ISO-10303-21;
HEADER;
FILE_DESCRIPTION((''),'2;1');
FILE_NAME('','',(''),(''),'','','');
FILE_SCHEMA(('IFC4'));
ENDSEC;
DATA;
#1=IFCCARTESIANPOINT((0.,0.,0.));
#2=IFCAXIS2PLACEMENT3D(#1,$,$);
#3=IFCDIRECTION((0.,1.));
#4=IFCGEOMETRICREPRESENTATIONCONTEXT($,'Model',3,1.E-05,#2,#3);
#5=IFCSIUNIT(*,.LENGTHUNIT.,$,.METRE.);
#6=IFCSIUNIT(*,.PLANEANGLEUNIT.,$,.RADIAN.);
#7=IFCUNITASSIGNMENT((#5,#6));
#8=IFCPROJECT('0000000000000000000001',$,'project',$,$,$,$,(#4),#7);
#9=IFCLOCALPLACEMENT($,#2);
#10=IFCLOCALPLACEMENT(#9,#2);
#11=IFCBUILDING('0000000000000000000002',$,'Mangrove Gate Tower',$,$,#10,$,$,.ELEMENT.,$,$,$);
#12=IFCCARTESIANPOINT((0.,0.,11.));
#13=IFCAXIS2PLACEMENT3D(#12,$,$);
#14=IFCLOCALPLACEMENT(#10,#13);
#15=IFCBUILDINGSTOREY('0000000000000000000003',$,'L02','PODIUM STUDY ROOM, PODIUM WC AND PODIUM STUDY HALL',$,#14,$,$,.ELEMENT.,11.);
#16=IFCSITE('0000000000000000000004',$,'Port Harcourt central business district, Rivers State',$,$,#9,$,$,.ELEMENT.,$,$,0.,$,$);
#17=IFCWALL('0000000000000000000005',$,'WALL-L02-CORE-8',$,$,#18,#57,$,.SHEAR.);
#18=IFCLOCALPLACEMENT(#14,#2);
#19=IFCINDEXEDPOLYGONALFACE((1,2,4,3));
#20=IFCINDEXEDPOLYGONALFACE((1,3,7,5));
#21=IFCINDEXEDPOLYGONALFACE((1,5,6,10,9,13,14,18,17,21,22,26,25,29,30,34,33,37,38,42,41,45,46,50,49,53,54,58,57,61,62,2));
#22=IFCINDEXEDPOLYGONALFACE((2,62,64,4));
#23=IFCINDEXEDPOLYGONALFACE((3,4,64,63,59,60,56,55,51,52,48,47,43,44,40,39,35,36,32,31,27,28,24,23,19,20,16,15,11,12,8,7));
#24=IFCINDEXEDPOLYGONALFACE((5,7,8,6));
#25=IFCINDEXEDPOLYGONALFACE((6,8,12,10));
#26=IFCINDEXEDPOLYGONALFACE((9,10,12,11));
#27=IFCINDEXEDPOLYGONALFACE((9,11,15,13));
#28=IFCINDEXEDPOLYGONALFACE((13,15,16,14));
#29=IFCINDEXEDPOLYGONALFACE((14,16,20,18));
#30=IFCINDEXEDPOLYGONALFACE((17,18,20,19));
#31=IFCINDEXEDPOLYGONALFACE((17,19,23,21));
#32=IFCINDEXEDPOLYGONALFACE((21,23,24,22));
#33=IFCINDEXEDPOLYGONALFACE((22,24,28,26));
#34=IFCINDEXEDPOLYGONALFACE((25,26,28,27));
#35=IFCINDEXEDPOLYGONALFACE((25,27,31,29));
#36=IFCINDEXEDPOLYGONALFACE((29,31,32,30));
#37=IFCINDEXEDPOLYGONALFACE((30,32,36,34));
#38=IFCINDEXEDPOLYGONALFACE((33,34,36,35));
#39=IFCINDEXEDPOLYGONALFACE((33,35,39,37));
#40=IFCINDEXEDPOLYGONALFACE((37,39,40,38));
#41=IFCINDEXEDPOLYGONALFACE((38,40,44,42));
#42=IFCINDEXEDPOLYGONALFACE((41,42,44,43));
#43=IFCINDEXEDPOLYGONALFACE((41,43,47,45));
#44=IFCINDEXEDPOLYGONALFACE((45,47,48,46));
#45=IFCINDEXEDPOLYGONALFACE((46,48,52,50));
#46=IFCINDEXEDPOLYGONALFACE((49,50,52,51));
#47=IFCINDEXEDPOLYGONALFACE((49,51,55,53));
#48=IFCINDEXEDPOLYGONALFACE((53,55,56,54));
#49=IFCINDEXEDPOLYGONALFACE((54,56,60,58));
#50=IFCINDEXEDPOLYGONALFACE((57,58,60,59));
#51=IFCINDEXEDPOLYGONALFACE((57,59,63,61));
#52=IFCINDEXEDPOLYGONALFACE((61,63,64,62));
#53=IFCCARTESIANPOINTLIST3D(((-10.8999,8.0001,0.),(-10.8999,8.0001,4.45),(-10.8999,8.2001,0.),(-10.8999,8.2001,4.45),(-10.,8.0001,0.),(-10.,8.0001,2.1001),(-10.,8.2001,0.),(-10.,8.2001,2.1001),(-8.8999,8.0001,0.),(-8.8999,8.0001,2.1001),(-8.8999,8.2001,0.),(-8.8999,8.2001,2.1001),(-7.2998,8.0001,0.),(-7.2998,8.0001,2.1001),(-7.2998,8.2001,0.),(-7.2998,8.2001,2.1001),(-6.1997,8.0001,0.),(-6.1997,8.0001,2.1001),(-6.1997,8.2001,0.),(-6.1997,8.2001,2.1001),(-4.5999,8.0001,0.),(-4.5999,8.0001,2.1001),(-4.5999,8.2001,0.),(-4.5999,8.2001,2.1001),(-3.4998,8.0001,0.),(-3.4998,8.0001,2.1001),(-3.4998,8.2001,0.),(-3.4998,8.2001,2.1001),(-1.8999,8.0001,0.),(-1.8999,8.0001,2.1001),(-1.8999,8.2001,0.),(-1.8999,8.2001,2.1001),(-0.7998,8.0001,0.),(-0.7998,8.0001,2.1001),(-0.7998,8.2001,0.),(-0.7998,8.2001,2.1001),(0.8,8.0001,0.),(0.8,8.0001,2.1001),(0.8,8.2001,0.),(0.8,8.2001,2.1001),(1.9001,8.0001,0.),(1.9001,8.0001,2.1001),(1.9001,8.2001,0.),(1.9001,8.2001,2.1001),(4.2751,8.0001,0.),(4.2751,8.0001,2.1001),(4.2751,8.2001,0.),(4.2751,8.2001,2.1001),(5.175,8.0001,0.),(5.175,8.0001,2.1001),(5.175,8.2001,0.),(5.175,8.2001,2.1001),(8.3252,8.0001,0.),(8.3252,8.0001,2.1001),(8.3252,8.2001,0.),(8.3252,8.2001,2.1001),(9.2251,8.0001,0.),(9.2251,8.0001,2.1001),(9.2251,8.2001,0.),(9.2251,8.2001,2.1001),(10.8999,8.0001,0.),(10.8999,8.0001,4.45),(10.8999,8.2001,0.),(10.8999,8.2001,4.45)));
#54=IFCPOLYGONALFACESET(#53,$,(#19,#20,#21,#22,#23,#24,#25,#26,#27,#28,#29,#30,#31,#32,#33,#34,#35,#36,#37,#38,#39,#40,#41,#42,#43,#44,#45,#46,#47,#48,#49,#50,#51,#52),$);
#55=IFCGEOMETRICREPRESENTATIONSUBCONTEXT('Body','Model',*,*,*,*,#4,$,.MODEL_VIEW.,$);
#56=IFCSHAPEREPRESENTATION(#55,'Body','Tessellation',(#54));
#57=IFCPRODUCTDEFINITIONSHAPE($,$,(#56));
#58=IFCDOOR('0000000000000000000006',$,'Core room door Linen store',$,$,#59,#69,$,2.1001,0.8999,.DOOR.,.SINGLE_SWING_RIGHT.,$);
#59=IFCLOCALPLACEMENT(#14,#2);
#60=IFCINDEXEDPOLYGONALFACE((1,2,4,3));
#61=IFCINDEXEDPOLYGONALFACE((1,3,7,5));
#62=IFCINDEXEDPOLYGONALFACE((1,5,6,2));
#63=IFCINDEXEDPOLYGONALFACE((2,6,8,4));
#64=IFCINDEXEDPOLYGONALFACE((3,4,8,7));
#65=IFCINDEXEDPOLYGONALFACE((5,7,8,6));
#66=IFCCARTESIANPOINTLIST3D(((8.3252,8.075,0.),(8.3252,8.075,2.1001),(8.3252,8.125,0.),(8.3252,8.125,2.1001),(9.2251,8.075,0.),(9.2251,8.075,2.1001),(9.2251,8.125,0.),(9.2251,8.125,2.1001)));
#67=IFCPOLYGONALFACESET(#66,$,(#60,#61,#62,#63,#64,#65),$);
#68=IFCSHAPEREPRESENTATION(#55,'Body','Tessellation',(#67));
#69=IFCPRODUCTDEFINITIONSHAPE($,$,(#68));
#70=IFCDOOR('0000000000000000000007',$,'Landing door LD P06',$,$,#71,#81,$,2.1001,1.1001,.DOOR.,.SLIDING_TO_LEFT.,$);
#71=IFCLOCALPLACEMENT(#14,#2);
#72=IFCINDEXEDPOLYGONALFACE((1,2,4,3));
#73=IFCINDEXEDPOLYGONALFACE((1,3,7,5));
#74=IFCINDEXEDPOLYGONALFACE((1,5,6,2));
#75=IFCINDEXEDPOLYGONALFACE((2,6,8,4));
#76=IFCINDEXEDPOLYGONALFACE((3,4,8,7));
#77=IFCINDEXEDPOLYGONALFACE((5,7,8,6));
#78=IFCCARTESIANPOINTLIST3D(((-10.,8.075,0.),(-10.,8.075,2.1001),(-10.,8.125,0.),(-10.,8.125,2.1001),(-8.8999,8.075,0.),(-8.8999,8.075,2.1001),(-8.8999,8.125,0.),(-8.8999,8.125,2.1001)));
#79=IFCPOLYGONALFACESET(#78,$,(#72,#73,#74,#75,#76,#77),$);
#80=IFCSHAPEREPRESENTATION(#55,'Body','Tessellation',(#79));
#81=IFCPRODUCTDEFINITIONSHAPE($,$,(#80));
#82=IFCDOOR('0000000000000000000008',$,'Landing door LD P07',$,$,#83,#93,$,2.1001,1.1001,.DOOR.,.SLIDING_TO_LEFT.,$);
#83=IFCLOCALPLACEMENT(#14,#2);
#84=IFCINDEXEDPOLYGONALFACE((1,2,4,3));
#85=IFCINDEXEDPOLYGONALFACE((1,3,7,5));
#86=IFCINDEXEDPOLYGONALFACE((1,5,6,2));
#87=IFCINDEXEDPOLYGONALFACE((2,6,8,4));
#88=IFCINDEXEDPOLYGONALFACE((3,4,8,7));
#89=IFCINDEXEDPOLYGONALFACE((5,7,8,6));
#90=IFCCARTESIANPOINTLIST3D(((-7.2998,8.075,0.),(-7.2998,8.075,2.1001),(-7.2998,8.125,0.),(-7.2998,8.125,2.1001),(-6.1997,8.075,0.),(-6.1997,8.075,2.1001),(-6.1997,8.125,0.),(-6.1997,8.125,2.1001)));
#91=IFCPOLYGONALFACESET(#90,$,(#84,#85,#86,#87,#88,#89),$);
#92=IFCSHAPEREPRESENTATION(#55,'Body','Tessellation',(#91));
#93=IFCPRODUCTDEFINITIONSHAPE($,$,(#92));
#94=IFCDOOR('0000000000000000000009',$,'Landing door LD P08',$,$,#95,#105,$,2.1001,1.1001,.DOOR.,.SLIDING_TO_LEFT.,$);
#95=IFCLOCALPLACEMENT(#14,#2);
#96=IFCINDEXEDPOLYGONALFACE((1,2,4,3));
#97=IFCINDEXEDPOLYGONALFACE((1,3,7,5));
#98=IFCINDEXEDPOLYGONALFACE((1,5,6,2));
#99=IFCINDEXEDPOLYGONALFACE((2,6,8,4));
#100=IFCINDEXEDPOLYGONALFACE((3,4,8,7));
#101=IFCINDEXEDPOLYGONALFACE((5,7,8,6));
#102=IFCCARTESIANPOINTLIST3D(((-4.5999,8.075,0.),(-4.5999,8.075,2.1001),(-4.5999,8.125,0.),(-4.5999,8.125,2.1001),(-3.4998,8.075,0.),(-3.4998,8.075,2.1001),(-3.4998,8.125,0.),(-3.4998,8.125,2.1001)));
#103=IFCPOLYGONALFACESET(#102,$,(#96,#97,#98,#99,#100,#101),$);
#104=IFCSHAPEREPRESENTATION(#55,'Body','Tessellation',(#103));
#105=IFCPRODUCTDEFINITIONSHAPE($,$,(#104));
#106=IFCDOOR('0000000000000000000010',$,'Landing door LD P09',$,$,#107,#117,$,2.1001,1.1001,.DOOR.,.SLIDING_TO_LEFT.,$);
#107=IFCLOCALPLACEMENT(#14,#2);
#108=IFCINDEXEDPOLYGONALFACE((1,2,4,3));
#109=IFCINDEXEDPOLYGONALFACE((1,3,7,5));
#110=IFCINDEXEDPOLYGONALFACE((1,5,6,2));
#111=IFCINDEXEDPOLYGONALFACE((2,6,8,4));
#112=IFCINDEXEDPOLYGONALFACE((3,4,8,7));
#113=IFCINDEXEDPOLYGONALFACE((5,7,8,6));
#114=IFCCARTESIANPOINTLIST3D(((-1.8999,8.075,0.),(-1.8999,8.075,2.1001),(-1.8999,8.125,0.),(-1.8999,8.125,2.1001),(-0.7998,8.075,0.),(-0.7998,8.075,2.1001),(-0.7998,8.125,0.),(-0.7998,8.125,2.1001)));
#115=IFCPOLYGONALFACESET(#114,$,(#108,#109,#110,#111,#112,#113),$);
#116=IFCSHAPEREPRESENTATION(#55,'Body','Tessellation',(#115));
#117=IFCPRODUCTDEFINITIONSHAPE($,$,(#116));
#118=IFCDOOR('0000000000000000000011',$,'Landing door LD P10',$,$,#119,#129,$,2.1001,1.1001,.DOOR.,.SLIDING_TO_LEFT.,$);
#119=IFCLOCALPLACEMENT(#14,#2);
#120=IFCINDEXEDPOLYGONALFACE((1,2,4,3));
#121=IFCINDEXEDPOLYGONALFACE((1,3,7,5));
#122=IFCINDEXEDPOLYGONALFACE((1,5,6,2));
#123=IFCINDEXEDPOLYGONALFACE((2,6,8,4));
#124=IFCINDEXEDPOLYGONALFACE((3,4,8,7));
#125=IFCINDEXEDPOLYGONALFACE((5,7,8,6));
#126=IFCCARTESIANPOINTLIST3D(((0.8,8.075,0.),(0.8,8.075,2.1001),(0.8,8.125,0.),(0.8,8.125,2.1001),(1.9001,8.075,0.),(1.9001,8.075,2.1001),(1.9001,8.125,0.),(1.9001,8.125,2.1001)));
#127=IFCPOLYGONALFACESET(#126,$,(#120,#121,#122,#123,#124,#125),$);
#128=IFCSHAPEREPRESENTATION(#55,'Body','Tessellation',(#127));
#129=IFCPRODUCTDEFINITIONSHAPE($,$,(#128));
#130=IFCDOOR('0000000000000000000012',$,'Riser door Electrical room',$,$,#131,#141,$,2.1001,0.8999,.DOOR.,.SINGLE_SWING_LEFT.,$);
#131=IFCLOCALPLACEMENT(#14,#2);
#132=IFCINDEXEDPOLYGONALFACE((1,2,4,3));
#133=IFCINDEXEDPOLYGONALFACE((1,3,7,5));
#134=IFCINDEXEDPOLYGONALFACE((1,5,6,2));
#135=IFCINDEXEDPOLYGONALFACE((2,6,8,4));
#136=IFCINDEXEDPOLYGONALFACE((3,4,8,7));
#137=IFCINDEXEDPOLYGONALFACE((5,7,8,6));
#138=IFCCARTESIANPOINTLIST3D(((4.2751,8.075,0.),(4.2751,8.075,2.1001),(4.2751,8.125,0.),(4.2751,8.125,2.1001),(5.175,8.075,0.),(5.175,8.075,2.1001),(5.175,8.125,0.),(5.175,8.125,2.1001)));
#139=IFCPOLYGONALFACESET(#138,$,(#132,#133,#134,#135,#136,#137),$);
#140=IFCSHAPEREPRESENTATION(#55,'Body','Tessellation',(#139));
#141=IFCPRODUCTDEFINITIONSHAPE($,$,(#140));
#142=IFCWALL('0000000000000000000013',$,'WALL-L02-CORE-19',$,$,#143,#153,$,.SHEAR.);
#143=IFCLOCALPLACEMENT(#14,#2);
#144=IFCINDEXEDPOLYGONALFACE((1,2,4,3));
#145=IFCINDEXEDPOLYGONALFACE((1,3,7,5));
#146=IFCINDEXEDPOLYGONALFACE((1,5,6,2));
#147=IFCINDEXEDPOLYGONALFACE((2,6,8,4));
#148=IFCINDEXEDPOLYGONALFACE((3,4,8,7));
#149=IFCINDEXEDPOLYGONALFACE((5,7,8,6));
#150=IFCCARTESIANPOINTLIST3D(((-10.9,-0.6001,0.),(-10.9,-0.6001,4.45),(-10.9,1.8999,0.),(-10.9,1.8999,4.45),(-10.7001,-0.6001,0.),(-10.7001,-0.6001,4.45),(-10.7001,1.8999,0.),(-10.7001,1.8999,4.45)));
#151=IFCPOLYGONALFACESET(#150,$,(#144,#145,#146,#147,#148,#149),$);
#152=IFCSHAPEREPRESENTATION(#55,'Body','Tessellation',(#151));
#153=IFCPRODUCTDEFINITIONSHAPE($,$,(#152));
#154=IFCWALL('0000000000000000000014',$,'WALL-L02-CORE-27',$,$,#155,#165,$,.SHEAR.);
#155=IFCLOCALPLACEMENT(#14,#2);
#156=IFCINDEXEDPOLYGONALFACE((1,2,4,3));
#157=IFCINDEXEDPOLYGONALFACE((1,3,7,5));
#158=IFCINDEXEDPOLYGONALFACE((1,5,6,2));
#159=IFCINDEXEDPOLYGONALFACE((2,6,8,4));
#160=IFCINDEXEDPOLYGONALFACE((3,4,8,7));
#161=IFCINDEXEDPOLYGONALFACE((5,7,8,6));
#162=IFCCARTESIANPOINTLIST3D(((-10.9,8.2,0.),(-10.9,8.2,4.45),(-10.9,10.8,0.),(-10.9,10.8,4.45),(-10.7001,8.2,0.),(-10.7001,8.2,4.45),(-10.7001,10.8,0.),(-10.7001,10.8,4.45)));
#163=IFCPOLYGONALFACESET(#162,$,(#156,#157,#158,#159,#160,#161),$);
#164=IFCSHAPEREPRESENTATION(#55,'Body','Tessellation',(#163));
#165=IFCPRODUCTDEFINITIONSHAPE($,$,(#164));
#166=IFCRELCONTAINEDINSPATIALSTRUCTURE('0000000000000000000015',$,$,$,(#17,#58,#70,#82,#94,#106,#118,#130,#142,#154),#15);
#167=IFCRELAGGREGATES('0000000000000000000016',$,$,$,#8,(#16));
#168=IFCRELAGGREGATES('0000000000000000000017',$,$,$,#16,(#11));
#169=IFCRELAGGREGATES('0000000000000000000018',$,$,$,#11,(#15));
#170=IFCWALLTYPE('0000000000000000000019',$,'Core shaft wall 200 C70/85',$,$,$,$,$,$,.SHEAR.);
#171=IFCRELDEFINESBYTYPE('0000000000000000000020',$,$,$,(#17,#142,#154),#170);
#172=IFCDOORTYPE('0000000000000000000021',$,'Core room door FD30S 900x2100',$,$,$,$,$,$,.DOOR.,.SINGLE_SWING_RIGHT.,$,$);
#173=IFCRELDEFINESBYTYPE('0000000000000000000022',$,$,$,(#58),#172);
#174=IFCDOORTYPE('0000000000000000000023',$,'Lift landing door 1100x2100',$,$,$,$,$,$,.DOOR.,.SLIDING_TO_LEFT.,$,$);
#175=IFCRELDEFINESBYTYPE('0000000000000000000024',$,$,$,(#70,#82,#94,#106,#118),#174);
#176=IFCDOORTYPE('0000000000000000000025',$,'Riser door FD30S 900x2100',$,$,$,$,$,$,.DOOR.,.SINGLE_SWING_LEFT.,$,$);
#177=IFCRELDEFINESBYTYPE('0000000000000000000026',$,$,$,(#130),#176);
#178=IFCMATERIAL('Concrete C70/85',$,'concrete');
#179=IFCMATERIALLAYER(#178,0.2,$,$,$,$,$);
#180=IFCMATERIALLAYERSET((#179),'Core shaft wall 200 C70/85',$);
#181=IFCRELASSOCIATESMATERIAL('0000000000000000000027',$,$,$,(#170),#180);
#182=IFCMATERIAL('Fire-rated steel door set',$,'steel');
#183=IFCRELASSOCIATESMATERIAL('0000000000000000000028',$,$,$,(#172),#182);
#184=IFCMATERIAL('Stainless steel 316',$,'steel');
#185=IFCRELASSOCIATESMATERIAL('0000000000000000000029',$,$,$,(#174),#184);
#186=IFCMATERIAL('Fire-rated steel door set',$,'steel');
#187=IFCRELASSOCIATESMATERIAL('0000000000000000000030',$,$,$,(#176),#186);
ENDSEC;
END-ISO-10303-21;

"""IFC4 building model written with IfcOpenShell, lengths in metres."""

from ifc_helpers import new_model, si_unit, direction, frame, frame_2d, origin, place, context, subcontext, project, spatial, rectangle, extrude, material, layer, layer_set, type_object, element, fill, save


model = new_model("IFC4")

# Units and contexts
model_context = context("Model", 3, precision=1e-05, world=origin(), true_north=direction((0.0, 1.0)))
body_context = subcontext(model_context, "Body", "Model", "MODEL_VIEW")
ifc_project = project(units=[si_unit("LENGTHUNIT", "METRE"), si_unit("PLANEANGLEUNIT", "RADIAN")], contexts=[model_context])

# Site, building, storey
site_placement = place(None, origin())
site = spatial("IfcSite", under=ifc_project, at=site_placement, Name="Port Harcourt central business district, Rivers State", CompositionType="ELEMENT", RefElevation=0.0)
building_placement = place(site_placement, origin())
building = spatial("IfcBuilding", under=site, at=building_placement, Name="Mangrove Gate Tower", CompositionType="ELEMENT")
storey_placement = place(building_placement, frame((0.0, 0.0, 11.0)))
storey = spatial("IfcBuildingStorey", under=building, at=storey_placement, Name="L02", Description="PODIUM STUDY ROOM, PODIUM WC AND PODIUM STUDY HALL", CompositionType="ELEMENT", Elevation=11.0)

# Wall, openings, doors
ifc_material_1 = material(Name="Concrete C70/85", Category="concrete")
ifc_layer = layer(ifc_material_1, 0.2)
ifc_layer_set = layer_set([ifc_layer], Name="Core shaft wall 200 C70/85")
wall_type = type_object("IfcWallType", Name="Core shaft wall 200 C70/85", PredefinedType="SHEAR", material=ifc_layer_set)
ifc_material_2 = material(Name="Fire-rated steel door set", Category="steel")
door_type_1 = type_object("IfcDoorType", Name="Core room door FD30S 900x2100", OperationType="SINGLE_SWING_RIGHT", PredefinedType="DOOR", material=ifc_material_2)
ifc_material_3 = material(Name="Stainless steel 316", Category="steel")
door_type_2 = type_object("IfcDoorType", Name="Lift landing door 1100x2100", OperationType="SLIDING_TO_LEFT", PredefinedType="DOOR", material=ifc_material_3)
wall_1_placement = place(storey_placement, frame((-10.8999, 8.1001, 0.0), z_axis=(0.0, 0.0, 1.0), x_axis=(1.0, 0.0, 0.0)))
wall_1 = element("IfcWall", 1, at=wall_1_placement, inside=storey, type_object=wall_type, Name="WALL-L02-CORE-8", PredefinedType="SHEAR", context=body_context, shape_type="SweptSolid", body=[
    extrude(rectangle(XDim=21.7998, YDim=0.2, at=frame_2d((10.8999, 0.0))), origin(), (0.0, 0.0, 1.0), 4.45),
])
opening_1_placement = place(wall_1_placement, frame((0.8999, 0.0, 0.0)))
opening_1 = element("IfcOpeningElement", 2, at=opening_1_placement, cuts=wall_1, PredefinedType="OPENING", context=body_context, shape_type="SweptSolid", body=[
    extrude(rectangle(XDim=1.1001, YDim=2.1001, at=frame_2d((0.55, 1.05))), frame((0.0, 0.1099, 0.0), z_axis=(0.0, -1.0, 0.0), x_axis=(1.0, 0.0, 0.0)), (0.0, 0.0, 1.0), 0.22),
])
opening_2_placement = place(wall_1_placement, frame((3.6001, 0.0, 0.0)))
opening_2 = element("IfcOpeningElement", 3, at=opening_2_placement, cuts=wall_1, PredefinedType="OPENING", context=body_context, shape_type="SweptSolid", body=[
    extrude(rectangle(XDim=1.1001, YDim=2.1001, at=frame_2d((0.55, 1.05))), frame((0.0, 0.1099, 0.0), z_axis=(0.0, -1.0, 0.0), x_axis=(1.0, 0.0, 0.0)), (0.0, 0.0, 1.0), 0.22),
])
opening_3_placement = place(wall_1_placement, frame((6.3, 0.0, 0.0)))
opening_3 = element("IfcOpeningElement", 4, at=opening_3_placement, cuts=wall_1, PredefinedType="OPENING", context=body_context, shape_type="SweptSolid", body=[
    extrude(rectangle(XDim=1.1001, YDim=2.1001, at=frame_2d((0.55, 1.05))), frame((0.0, 0.1099, 0.0), z_axis=(0.0, -1.0, 0.0), x_axis=(1.0, 0.0, 0.0)), (0.0, 0.0, 1.0), 0.22),
])
opening_4_placement = place(wall_1_placement, frame((9.0, 0.0, 0.0)))
opening_4 = element("IfcOpeningElement", 5, at=opening_4_placement, cuts=wall_1, PredefinedType="OPENING", context=body_context, shape_type="SweptSolid", body=[
    extrude(rectangle(XDim=1.1001, YDim=2.1001, at=frame_2d((0.55, 1.05))), frame((0.0, 0.1099, 0.0), z_axis=(0.0, -1.0, 0.0), x_axis=(1.0, 0.0, 0.0)), (0.0, 0.0, 1.0), 0.22),
])
opening_5_placement = place(wall_1_placement, frame((11.7, 0.0, 0.0)))
opening_5 = element("IfcOpeningElement", 6, at=opening_5_placement, cuts=wall_1, PredefinedType="OPENING", context=body_context, shape_type="SweptSolid", body=[
    extrude(rectangle(XDim=1.1001, YDim=2.1001, at=frame_2d((0.55, 1.05))), frame((0.0, 0.1099, 0.0), z_axis=(0.0, -1.0, 0.0), x_axis=(1.0, 0.0, 0.0)), (0.0, 0.0, 1.0), 0.22),
])
opening_6_placement = place(wall_1_placement, frame((15.175, 0.0, 0.0)))
opening_6 = element("IfcOpeningElement", 7, at=opening_6_placement, cuts=wall_1, PredefinedType="OPENING", context=body_context, shape_type="SweptSolid", body=[
    extrude(rectangle(XDim=0.8999, YDim=2.1001, at=frame_2d((0.45, 1.05))), frame((0.0, 0.1099, 0.0), z_axis=(0.0, -1.0, 0.0), x_axis=(1.0, 0.0, 0.0)), (0.0, 0.0, 1.0), 0.22),
])
opening_7_placement = place(wall_1_placement, frame((19.2251, 0.0, 0.0)))
opening_7 = element("IfcOpeningElement", 8, at=opening_7_placement, cuts=wall_1, PredefinedType="OPENING", context=body_context, shape_type="SweptSolid", body=[
    extrude(rectangle(XDim=0.8999, YDim=2.1001, at=frame_2d((0.45, 1.05))), frame((0.0, 0.1099, 0.0), z_axis=(0.0, -1.0, 0.0), x_axis=(1.0, 0.0, 0.0)), (0.0, 0.0, 1.0), 0.22),
])
door_1_placement = place(opening_7_placement, origin())
door_1 = element("IfcDoor", 9, at=door_1_placement, inside=storey, type_object=door_type_1, Name="Core room door Linen store", OperationType="SINGLE_SWING_RIGHT", OverallHeight=2.1001, OverallWidth=0.8999, PredefinedType="DOOR", context=body_context, shape_type="SweptSolid", body=[
    extrude(rectangle(XDim=0.8999, YDim=2.1001, at=frame_2d((0.45, 1.05))), frame((0.0, 0.0249, 0.0), z_axis=(0.0, -1.0, 0.0), x_axis=(1.0, 0.0, 0.0)), (0.0, 0.0, 1.0), 0.05),
])
fill(opening_7, door_1)
door_2_placement = place(opening_1_placement, origin())
door_2 = element("IfcDoor", 10, at=door_2_placement, inside=storey, type_object=door_type_2, Name="Landing door LD P06", OperationType="SLIDING_TO_LEFT", OverallHeight=2.1001, OverallWidth=1.1001, PredefinedType="DOOR", context=body_context, shape_type="SweptSolid", body=[
    extrude(rectangle(XDim=1.1001, YDim=2.1001, at=frame_2d((0.55, 1.05))), frame((0.0, 0.0249, 0.0), z_axis=(0.0, -1.0, 0.0), x_axis=(1.0, 0.0, 0.0)), (0.0, 0.0, 1.0), 0.05),
])
fill(opening_1, door_2)
door_3_placement = place(opening_2_placement, origin())
door_3 = element("IfcDoor", 11, at=door_3_placement, inside=storey, type_object=door_type_2, Name="Landing door LD P07", OperationType="SLIDING_TO_LEFT", OverallHeight=2.1001, OverallWidth=1.1001, PredefinedType="DOOR", context=body_context, shape_type="SweptSolid", body=[
    extrude(rectangle(XDim=1.1001, YDim=2.1001, at=frame_2d((0.55, 1.05))), frame((0.0, 0.0249, 0.0), z_axis=(0.0, -1.0, 0.0), x_axis=(1.0, 0.0, 0.0)), (0.0, 0.0, 1.0), 0.05),
])
fill(opening_2, door_3)
door_4_placement = place(opening_3_placement, origin())
door_4 = element("IfcDoor", 12, at=door_4_placement, inside=storey, type_object=door_type_2, Name="Landing door LD P08", OperationType="SLIDING_TO_LEFT", OverallHeight=2.1001, OverallWidth=1.1001, PredefinedType="DOOR", context=body_context, shape_type="SweptSolid", body=[
    extrude(rectangle(XDim=1.1001, YDim=2.1001, at=frame_2d((0.55, 1.05))), frame((0.0, 0.0249, 0.0), z_axis=(0.0, -1.0, 0.0), x_axis=(1.0, 0.0, 0.0)), (0.0, 0.0, 1.0), 0.05),
])
fill(opening_3, door_4)
door_5_placement = place(opening_4_placement, origin())
door_5 = element("IfcDoor", 13, at=door_5_placement, inside=storey, type_object=door_type_2, Name="Landing door LD P09", OperationType="SLIDING_TO_LEFT", OverallHeight=2.1001, OverallWidth=1.1001, PredefinedType="DOOR", context=body_context, shape_type="SweptSolid", body=[
    extrude(rectangle(XDim=1.1001, YDim=2.1001, at=frame_2d((0.55, 1.05))), frame((0.0, 0.0249, 0.0), z_axis=(0.0, -1.0, 0.0), x_axis=(1.0, 0.0, 0.0)), (0.0, 0.0, 1.0), 0.05),
])
fill(opening_4, door_5)
door_6_placement = place(opening_5_placement, origin())
door_6 = element("IfcDoor", 14, at=door_6_placement, inside=storey, type_object=door_type_2, Name="Landing door LD P10", OperationType="SLIDING_TO_LEFT", OverallHeight=2.1001, OverallWidth=1.1001, PredefinedType="DOOR", context=body_context, shape_type="SweptSolid", body=[
    extrude(rectangle(XDim=1.1001, YDim=2.1001, at=frame_2d((0.55, 1.05))), frame((0.0, 0.0249, 0.0), z_axis=(0.0, -1.0, 0.0), x_axis=(1.0, 0.0, 0.0)), (0.0, 0.0, 1.0), 0.05),
])
fill(opening_5, door_6)
ifc_material_4 = material(Name="Fire-rated steel door set", Category="steel")
door_type_3 = type_object("IfcDoorType", Name="Riser door FD30S 900x2100", OperationType="SINGLE_SWING_LEFT", PredefinedType="DOOR", material=ifc_material_4)
door_7_placement = place(opening_6_placement, origin())
door_7 = element("IfcDoor", 15, at=door_7_placement, inside=storey, type_object=door_type_3, Name="Riser door Electrical room", OperationType="SINGLE_SWING_LEFT", OverallHeight=2.1001, OverallWidth=0.8999, PredefinedType="DOOR", context=body_context, shape_type="SweptSolid", body=[
    extrude(rectangle(XDim=0.8999, YDim=2.1001, at=frame_2d((0.45, 1.05))), frame((0.0, 0.0249, 0.0), z_axis=(0.0, -1.0, 0.0), x_axis=(1.0, 0.0, 0.0)), (0.0, 0.0, 1.0), 0.05),
])
fill(opening_6, door_7)

# Walls
wall_2_placement = place(storey_placement, frame((-10.8, -0.6001, 0.0), z_axis=(0.0, 0.0, 1.0), x_axis=(0.0, 1.0, 0.0)))
element("IfcWall", 16, at=wall_2_placement, inside=storey, type_object=wall_type, Name="WALL-L02-CORE-19", PredefinedType="SHEAR", context=body_context, shape_type="SweptSolid", body=[
    extrude(rectangle(XDim=2.5, YDim=0.2, at=frame_2d((1.25, 0.0))), origin(), (0.0, 0.0, 1.0), 4.45),
])
wall_3_placement = place(storey_placement, frame((-10.8, 8.2, 0.0), z_axis=(0.0, 0.0, 1.0), x_axis=(0.0, 1.0, 0.0)))
element("IfcWall", 17, at=wall_3_placement, inside=storey, type_object=wall_type, Name="WALL-L02-CORE-27", PredefinedType="SHEAR", context=body_context, shape_type="SweptSolid", body=[
    extrude(rectangle(XDim=2.6001, YDim=0.2, at=frame_2d((1.3, 0.0))), origin(), (0.0, 0.0, 1.0), 4.45),
])

save(model, "model.ifc")
